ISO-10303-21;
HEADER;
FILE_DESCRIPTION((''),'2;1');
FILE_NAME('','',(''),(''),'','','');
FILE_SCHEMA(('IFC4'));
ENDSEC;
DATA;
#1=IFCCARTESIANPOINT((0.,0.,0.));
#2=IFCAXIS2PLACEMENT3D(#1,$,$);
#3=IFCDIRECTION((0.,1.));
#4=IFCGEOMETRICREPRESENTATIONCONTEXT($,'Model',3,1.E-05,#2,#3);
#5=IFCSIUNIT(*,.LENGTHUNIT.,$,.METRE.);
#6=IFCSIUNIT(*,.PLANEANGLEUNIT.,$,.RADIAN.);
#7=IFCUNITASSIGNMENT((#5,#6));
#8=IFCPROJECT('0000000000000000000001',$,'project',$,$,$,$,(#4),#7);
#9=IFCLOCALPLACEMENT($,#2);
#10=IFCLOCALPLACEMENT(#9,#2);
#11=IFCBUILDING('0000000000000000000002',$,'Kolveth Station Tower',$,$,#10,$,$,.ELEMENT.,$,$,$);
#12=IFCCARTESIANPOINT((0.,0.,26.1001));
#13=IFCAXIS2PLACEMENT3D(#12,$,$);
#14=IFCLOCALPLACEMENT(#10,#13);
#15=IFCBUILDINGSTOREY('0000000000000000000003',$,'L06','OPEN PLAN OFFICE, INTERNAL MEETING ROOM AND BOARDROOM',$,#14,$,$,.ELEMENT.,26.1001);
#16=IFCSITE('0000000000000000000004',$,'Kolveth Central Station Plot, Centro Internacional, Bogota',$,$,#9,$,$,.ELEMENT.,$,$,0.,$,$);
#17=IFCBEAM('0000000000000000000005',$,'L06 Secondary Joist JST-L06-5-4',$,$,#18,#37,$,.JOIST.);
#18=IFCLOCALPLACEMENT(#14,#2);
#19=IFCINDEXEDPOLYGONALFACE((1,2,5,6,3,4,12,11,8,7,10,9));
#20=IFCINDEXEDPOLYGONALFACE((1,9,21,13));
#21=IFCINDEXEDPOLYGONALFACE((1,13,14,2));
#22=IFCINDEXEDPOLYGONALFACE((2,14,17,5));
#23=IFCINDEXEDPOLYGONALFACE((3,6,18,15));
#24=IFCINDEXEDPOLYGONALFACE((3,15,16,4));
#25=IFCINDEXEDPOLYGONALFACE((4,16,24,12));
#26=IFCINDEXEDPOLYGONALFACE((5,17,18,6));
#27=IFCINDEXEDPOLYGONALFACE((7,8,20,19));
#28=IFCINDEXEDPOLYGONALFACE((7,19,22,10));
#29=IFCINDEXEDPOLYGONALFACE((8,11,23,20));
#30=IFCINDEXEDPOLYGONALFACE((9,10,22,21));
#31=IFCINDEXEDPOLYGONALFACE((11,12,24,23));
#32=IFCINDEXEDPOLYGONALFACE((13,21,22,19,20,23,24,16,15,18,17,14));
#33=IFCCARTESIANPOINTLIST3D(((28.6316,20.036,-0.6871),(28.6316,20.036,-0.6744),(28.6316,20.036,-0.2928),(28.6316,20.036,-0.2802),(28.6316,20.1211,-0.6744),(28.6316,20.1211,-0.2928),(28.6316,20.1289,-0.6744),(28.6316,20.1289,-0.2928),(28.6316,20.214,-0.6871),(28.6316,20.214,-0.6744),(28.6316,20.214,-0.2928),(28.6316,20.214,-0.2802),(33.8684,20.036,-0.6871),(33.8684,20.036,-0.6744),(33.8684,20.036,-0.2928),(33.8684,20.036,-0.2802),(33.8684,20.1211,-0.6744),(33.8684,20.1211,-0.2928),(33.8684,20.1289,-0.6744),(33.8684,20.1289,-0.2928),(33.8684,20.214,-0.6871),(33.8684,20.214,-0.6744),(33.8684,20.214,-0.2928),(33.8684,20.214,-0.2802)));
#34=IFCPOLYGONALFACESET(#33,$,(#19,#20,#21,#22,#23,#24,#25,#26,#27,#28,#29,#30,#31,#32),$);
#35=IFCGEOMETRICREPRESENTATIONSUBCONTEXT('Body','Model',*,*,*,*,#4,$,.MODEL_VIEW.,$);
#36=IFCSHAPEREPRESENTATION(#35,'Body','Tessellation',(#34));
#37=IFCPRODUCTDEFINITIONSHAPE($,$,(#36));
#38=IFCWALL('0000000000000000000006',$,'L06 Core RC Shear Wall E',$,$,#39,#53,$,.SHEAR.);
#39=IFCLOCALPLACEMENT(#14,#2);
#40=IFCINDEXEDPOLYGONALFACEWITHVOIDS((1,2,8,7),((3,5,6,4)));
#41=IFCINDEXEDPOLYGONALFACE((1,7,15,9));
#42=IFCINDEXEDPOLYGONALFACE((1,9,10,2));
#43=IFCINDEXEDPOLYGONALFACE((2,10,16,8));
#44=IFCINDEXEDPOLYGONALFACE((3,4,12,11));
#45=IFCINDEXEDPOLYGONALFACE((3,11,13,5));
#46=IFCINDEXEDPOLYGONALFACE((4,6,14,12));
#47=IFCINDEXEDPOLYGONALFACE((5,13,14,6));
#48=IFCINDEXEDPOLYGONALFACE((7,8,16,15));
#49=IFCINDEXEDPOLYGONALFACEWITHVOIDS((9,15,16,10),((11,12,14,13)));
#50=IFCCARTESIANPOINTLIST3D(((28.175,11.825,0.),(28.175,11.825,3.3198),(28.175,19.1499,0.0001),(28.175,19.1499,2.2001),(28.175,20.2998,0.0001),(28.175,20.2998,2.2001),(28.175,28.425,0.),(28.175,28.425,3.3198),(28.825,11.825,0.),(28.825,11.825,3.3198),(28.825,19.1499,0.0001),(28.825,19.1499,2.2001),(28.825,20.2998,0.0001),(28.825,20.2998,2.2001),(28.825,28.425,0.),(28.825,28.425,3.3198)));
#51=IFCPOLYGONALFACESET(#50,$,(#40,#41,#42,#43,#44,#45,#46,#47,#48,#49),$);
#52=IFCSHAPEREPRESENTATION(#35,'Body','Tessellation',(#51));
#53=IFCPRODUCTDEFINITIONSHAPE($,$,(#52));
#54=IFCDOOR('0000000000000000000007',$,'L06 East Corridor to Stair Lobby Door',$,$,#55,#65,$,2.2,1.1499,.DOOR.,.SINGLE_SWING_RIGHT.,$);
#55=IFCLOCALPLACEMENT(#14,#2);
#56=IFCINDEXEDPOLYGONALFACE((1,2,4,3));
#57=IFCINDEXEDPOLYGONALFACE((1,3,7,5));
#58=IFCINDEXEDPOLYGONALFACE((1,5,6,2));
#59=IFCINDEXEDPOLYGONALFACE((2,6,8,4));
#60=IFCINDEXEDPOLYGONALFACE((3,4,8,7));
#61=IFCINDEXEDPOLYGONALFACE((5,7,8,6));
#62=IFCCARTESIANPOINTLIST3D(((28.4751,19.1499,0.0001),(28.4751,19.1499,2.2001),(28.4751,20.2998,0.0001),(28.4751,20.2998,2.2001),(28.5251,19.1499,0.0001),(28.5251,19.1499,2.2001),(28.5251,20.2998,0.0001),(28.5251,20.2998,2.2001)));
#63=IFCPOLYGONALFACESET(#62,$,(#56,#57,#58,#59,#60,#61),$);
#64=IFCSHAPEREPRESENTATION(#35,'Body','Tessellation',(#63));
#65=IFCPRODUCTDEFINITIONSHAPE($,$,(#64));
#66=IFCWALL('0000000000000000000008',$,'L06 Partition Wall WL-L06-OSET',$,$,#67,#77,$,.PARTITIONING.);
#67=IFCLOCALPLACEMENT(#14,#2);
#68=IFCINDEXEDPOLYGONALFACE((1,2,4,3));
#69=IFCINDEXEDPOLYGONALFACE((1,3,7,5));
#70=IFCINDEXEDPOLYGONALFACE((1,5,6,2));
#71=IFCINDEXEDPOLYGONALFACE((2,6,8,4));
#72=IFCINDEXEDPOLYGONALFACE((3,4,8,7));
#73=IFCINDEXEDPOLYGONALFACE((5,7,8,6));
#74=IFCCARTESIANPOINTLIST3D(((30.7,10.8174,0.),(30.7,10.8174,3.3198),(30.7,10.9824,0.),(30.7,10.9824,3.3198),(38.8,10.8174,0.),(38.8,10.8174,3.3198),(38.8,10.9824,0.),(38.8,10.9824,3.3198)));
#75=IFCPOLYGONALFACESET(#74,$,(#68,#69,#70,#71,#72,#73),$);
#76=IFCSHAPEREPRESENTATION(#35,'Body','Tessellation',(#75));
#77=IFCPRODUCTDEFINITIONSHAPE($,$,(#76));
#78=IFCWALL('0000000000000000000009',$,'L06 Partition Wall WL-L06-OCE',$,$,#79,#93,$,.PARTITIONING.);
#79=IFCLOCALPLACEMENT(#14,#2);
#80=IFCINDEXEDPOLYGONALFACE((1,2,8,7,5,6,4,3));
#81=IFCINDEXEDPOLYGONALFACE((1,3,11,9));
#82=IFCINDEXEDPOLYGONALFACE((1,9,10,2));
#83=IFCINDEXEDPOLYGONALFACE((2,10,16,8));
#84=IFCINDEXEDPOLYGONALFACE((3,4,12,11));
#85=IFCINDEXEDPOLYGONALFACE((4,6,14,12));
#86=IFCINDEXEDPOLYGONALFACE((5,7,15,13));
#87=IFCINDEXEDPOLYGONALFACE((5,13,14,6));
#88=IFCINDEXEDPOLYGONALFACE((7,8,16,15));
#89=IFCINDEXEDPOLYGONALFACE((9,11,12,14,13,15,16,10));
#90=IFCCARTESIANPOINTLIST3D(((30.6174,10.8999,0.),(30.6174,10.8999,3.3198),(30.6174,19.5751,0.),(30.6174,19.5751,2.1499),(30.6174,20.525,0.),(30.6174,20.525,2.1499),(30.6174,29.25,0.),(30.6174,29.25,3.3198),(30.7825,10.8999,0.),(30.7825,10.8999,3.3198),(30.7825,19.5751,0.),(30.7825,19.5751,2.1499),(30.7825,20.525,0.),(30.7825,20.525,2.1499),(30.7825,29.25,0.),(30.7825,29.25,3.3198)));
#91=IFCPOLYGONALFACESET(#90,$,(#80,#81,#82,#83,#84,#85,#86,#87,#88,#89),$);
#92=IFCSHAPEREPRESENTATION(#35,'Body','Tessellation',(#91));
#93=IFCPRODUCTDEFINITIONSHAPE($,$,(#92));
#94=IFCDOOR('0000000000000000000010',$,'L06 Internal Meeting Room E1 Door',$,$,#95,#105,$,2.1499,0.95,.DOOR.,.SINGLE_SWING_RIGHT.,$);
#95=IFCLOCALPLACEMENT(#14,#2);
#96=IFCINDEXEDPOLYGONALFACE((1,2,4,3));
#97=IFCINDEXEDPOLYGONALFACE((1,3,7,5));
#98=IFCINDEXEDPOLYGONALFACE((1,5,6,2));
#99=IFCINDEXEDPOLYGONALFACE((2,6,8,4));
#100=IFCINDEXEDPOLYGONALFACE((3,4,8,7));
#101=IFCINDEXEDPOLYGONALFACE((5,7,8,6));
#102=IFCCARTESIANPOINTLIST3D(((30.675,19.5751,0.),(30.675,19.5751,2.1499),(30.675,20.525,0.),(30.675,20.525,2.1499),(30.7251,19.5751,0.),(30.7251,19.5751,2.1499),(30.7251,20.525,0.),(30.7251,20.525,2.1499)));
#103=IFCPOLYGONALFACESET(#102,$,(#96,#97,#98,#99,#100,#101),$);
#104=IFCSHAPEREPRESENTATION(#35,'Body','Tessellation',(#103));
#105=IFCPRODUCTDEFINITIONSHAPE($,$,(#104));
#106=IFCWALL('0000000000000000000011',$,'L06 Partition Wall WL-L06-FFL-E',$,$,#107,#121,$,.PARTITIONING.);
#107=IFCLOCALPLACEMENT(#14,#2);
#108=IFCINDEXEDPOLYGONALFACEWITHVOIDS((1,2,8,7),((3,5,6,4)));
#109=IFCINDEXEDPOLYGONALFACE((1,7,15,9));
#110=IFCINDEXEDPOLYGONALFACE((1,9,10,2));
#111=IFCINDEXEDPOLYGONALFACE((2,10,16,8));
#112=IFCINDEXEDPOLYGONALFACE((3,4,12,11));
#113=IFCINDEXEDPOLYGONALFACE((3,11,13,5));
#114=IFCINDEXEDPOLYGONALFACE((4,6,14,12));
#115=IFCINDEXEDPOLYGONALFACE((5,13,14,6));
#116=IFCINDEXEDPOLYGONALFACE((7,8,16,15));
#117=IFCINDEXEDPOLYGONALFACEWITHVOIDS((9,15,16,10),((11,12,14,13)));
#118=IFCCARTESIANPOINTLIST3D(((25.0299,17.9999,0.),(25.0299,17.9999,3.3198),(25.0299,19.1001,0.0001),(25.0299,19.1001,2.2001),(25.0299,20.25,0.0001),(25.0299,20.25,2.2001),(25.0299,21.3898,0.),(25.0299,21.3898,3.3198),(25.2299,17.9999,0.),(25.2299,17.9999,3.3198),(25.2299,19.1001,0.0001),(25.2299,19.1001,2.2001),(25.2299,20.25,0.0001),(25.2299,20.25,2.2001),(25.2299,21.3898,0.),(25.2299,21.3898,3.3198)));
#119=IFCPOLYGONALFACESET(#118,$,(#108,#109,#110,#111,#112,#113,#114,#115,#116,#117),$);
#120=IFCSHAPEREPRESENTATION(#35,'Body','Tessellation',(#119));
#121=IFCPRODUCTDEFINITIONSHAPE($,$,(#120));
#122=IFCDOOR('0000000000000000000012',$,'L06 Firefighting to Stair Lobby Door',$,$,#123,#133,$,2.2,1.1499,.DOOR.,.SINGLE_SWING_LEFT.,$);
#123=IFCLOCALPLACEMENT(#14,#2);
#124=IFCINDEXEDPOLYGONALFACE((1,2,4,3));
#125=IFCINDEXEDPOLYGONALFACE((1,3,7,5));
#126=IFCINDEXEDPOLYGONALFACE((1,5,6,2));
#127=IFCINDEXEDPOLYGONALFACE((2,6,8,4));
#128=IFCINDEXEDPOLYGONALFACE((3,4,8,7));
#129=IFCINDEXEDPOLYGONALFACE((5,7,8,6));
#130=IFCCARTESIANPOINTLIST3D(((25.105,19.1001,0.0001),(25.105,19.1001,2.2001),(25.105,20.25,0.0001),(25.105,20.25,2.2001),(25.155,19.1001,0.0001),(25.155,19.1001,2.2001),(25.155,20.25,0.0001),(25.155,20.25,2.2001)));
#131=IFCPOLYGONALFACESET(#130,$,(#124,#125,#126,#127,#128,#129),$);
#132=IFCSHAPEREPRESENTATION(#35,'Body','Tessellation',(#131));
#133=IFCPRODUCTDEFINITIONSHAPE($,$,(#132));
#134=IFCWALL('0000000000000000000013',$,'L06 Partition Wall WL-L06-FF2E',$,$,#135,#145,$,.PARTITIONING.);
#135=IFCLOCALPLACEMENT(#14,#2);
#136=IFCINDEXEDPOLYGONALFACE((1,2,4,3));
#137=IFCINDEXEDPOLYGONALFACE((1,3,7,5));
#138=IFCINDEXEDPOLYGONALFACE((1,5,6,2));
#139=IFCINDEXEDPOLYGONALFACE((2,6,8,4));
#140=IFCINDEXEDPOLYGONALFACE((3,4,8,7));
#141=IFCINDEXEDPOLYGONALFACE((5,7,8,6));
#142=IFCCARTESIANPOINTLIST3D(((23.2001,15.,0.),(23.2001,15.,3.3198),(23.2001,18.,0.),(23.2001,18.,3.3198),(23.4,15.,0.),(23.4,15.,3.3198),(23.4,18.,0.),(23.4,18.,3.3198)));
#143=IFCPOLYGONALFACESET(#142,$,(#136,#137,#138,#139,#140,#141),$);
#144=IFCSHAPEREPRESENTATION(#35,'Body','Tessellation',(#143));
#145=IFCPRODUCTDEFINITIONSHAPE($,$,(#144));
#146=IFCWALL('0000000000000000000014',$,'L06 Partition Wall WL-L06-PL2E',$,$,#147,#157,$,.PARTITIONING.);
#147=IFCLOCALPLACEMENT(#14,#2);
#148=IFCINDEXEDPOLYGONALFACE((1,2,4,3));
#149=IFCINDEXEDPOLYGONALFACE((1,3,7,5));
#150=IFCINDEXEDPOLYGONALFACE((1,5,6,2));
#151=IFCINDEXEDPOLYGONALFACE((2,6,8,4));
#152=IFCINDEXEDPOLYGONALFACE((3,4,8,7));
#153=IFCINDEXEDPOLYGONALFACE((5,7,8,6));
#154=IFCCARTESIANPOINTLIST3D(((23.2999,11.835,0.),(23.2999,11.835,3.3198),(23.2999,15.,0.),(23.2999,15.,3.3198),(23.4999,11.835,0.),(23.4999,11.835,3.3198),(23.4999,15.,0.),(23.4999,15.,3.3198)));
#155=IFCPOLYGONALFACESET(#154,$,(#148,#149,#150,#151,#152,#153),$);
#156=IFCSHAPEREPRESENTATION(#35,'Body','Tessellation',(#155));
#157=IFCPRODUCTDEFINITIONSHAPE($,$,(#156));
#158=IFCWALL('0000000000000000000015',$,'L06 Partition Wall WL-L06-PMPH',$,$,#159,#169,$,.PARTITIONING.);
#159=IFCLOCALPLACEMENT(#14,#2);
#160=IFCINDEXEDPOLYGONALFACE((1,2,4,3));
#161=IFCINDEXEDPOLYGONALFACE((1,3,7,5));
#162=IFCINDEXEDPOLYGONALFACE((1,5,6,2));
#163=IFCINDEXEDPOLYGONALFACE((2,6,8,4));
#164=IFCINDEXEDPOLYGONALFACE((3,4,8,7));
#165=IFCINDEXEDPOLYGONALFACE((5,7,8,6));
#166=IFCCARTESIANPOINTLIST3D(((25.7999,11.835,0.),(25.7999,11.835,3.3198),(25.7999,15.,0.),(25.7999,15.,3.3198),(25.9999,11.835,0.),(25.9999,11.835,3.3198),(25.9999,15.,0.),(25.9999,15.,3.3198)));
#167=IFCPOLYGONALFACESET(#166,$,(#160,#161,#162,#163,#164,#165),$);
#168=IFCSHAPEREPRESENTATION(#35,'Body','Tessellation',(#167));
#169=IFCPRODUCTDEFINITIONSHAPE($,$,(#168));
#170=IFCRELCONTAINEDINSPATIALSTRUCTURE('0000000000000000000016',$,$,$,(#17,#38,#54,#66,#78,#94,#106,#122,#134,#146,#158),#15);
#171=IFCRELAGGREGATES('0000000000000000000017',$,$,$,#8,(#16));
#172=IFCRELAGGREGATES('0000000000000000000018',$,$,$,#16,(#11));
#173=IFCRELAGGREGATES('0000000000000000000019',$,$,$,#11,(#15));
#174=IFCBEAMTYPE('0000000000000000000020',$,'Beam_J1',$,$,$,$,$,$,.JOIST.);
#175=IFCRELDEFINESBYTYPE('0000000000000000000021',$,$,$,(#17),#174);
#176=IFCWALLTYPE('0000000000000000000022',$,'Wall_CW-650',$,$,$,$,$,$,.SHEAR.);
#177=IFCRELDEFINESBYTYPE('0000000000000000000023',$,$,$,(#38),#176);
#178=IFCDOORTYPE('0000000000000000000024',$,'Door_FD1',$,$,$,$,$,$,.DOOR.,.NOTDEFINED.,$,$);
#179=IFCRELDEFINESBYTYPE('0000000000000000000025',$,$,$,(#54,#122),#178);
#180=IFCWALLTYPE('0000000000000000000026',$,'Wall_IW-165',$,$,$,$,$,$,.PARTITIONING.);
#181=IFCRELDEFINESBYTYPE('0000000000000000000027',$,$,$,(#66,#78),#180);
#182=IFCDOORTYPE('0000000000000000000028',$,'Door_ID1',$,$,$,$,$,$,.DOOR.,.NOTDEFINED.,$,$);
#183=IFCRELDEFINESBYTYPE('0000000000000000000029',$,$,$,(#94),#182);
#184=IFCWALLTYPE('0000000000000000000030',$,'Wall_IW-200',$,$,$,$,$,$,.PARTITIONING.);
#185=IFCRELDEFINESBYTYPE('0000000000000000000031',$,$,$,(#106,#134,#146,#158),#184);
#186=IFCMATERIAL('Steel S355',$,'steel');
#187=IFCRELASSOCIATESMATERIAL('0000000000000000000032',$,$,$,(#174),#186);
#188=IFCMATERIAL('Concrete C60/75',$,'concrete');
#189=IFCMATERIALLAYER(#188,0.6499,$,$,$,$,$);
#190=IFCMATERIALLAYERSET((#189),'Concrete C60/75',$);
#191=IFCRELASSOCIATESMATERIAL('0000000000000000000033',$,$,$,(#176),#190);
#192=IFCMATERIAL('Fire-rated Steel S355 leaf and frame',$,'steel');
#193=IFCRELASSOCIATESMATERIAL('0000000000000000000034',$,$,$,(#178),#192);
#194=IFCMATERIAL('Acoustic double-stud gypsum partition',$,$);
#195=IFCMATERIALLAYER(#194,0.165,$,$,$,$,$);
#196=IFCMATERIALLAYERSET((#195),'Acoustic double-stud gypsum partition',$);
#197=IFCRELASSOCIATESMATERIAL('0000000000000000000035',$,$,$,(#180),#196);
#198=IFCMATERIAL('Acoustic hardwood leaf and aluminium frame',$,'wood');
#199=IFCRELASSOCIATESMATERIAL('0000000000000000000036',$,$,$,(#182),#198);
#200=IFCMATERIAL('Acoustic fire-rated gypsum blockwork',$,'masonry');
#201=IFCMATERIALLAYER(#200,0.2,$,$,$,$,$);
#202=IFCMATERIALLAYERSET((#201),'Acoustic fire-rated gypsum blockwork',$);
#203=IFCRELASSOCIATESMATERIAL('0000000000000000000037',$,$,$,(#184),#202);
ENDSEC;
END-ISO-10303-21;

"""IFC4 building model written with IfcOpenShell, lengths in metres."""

from ifc_helpers import new_model, si_unit, direction, frame, frame_2d, origin, origin_2d, place, context, subcontext, project, spatial, rectangle, i_section, extrude, source, transform, mapped, material, layer, layer_set, material_profile, profile_set, type_object, element, fill, save


model = new_model("IFC4")

# Units and contexts
model_context = context("Model", 3, precision=1e-05, world=origin(), true_north=direction((0.0, 1.0)))
body_context = subcontext(model_context, "Body", "Model", "MODEL_VIEW")
ifc_project = project(units=[si_unit("LENGTHUNIT", "METRE"), si_unit("PLANEANGLEUNIT", "RADIAN")], contexts=[model_context])

# Site, building, storey
site_placement = place(None, origin())
site = spatial("IfcSite", under=ifc_project, at=site_placement, Name="Kolveth Central Station Plot, Centro Internacional, Bogota", CompositionType="ELEMENT", RefElevation=0.0)
building_placement = place(site_placement, origin())
building = spatial("IfcBuilding", under=site, at=building_placement, Name="Kolveth Station Tower", CompositionType="ELEMENT")
storey_placement = place(building_placement, frame((0.0, 0.0, 26.1001)))
storey = spatial("IfcBuildingStorey", under=building, at=storey_placement, Name="L06", Description="OPEN PLAN OFFICE, INTERNAL MEETING ROOM AND BOARDROOM", CompositionType="ELEMENT", Elevation=26.1001)

# Beam
ifc_material_1 = material(Name="Steel S355", Category="steel")
ifc_material_profile_1 = material_profile(ifc_material_1, i_section(OverallWidth=0.178, OverallDepth=0.407, WebThickness=0.0078, FlangeThickness=0.0127, at=origin_2d()), Name="W410x60")
ifc_profile_set_1 = profile_set([ifc_material_profile_1], Name="Steel S355")
beam_type_1 = type_object("IfcBeamType", Name="Beam_J1", PredefinedType="JOIST", material=ifc_profile_set_1)
shared_shape_1 = source(origin(), body_context, "Body", "SweptSolid", [
    extrude(i_section(OverallWidth=0.178, OverallDepth=0.407, WebThickness=0.0078, FlangeThickness=0.0127, at=origin_2d()), origin(), (0.0, 0.0, 1.0), 5.2368),
])
for number, where, z_axis, x_axis, name in (
    (1, (28.6316, 20.125, -0.4836), (1.0, 0.0, 0.0), (0.0, 1.0, 0.0), "L06 Secondary Joist JST-L06-5-4"),
):
    element("IfcBeam", number, at=place(storey_placement, frame(where, z_axis=z_axis, x_axis=x_axis)), inside=storey, type_object=beam_type_1, Name=name, PredefinedType="JOIST", context=body_context, shape_type="MappedRepresentation", body=[
        mapped(shared_shape_1, transform((0.0, 0.0, 0.0), x_axis=(1.0, 0.0, 0.0), y_axis=(0.0, 1.0, 0.0), z_axis=(0.0, 0.0, 1.0), scale=1.0)),
    ])

# Wall, opening, door
ifc_material_2 = material(Name="Concrete C60/75", Category="concrete")
ifc_layer_1 = layer(ifc_material_2, 0.6499)
ifc_layer_set_1 = layer_set([ifc_layer_1], Name="Concrete C60/75")
wall_type_1 = type_object("IfcWallType", Name="Wall_CW-650", PredefinedType="SHEAR", material=ifc_layer_set_1)
wall_1_placement = place(storey_placement, frame((28.5, 11.825, 0.0), z_axis=(0.0, 0.0, 1.0), x_axis=(0.0, 1.0, 0.0)))
wall_1 = element("IfcWall", 2, at=wall_1_placement, inside=storey, type_object=wall_type_1, Name="L06 Core RC Shear Wall E", PredefinedType="SHEAR", context=body_context, shape_type="SweptSolid", body=[
    extrude(rectangle(XDim=16.6001, YDim=0.6499, at=frame_2d((8.3, 0.0))), origin(), (0.0, 0.0, 1.0), 3.3198),
])
opening_1_placement = place(wall_1_placement, frame((7.325, 0.0, 0.0)))
opening_1 = element("IfcOpeningElement", 3, at=opening_1_placement, cuts=wall_1, PredefinedType="OPENING", context=body_context, shape_type="SweptSolid", body=[
    extrude(rectangle(XDim=1.1499, YDim=2.2, at=frame_2d((0.575, 1.1001))), frame((0.0, 0.335, 0.0), z_axis=(0.0, -1.0, 0.0), x_axis=(1.0, 0.0, 0.0)), (0.0, 0.0, 1.0), 0.6699),
])
ifc_material_3 = material(Name="Fire-rated Steel S355 leaf and frame", Category="steel")
door_type_1 = type_object("IfcDoorType", Name="Door_FD1", OperationType="NOTDEFINED", PredefinedType="DOOR", material=ifc_material_3)
door_1_placement = place(opening_1_placement, origin())
door_1 = element("IfcDoor", 4, at=door_1_placement, inside=storey, type_object=door_type_1, Name="L06 East Corridor to Stair Lobby Door", OperationType="SINGLE_SWING_RIGHT", OverallHeight=2.2, OverallWidth=1.1499, PredefinedType="DOOR", context=body_context, shape_type="SweptSolid", body=[
    extrude(rectangle(XDim=1.1499, YDim=2.2, at=frame_2d((0.575, 1.1001))), frame((0.0, 0.0249, 0.0), z_axis=(0.0, -1.0, 0.0), x_axis=(1.0, 0.0, 0.0)), (0.0, 0.0, 1.0), 0.05),
])
fill(opening_1, door_1)

# Wall
ifc_material_4 = material(Name="Acoustic double-stud gypsum partition")
ifc_layer_2 = layer(ifc_material_4, 0.165)
ifc_layer_set_2 = layer_set([ifc_layer_2], Name="Acoustic double-stud gypsum partition")
wall_type_2 = type_object("IfcWallType", Name="Wall_IW-165", PredefinedType="PARTITIONING", material=ifc_layer_set_2)
wall_2_placement = place(storey_placement, frame((30.7, 10.8999, 0.0), z_axis=(0.0, 0.0, 1.0), x_axis=(1.0, 0.0, 0.0)))
element("IfcWall", 5, at=wall_2_placement, inside=storey, type_object=wall_type_2, Name="L06 Partition Wall WL-L06-OSET", PredefinedType="PARTITIONING", context=body_context, shape_type="SweptSolid", body=[
    extrude(rectangle(XDim=8.1001, YDim=0.165, at=frame_2d((4.05, 0.0))), origin(), (0.0, 0.0, 1.0), 3.3198),
])

# Walls, openings, doors
wall_3_placement = place(storey_placement, frame((30.7, 10.8999, 0.0), z_axis=(0.0, 0.0, 1.0), x_axis=(0.0, 1.0, 0.0)))
wall_3 = element("IfcWall", 6, at=wall_3_placement, inside=storey, type_object=wall_type_2, Name="L06 Partition Wall WL-L06-OCE", PredefinedType="PARTITIONING", context=body_context, shape_type="SweptSolid", body=[
    extrude(rectangle(XDim=18.3501, YDim=0.165, at=frame_2d((9.175, 0.0))), origin(), (0.0, 0.0, 1.0), 3.3198),
])
opening_2_placement = place(wall_3_placement, frame((8.675, 0.0, 0.0)))
opening_2 = element("IfcOpeningElement", 7, at=opening_2_placement, cuts=wall_3, PredefinedType="OPENING", context=body_context, shape_type="SweptSolid", body=[
    extrude(rectangle(XDim=0.95, YDim=2.1499, at=frame_2d((0.4751, 1.075))), frame((0.0, 0.0925, 0.0), z_axis=(0.0, -1.0, 0.0), x_axis=(1.0, 0.0, 0.0)), (0.0, 0.0, 1.0), 0.1851),
])
ifc_material_5 = material(Name="Acoustic hardwood leaf and aluminium frame", Category="wood")
door_type_2 = type_object("IfcDoorType", Name="Door_ID1", OperationType="NOTDEFINED", PredefinedType="DOOR", material=ifc_material_5)
door_2_placement = place(opening_2_placement, origin())
door_2 = element("IfcDoor", 8, at=door_2_placement, inside=storey, type_object=door_type_2, Name="L06 Internal Meeting Room E1 Door", OperationType="SINGLE_SWING_RIGHT", OverallHeight=2.1499, OverallWidth=0.95, PredefinedType="DOOR", context=body_context, shape_type="SweptSolid", body=[
    extrude(rectangle(XDim=0.95, YDim=2.1499, at=frame_2d((0.4751, 1.075))), frame((0.0, 0.0249, 0.0), z_axis=(0.0, -1.0, 0.0), x_axis=(1.0, 0.0, 0.0)), (0.0, 0.0, 1.0), 0.05),
])
fill(opening_2, door_2)
ifc_material_6 = material(Name="Acoustic fire-rated gypsum blockwork", Category="masonry")
ifc_layer_3 = layer(ifc_material_6, 0.2)
ifc_layer_set_3 = layer_set([ifc_layer_3], Name="Acoustic fire-rated gypsum blockwork")
wall_type_3 = type_object("IfcWallType", Name="Wall_IW-200", PredefinedType="PARTITIONING", material=ifc_layer_set_3)
wall_4_placement = place(storey_placement, frame((25.1299, 18.0, 0.0), z_axis=(0.0, 0.0, 1.0), x_axis=(0.0, 1.0, 0.0)))
wall_4 = element("IfcWall", 9, at=wall_4_placement, inside=storey, type_object=wall_type_3, Name="L06 Partition Wall WL-L06-FFL-E", PredefinedType="PARTITIONING", context=body_context, shape_type="SweptSolid", body=[
    extrude(rectangle(XDim=3.3899, YDim=0.2, at=frame_2d((1.6948, 0.0))), origin(), (0.0, 0.0, 1.0), 3.3198),
])
opening_3_placement = place(wall_4_placement, frame((1.1001, 0.0, 0.0)))
opening_3 = element("IfcOpeningElement", 10, at=opening_3_placement, cuts=wall_4, PredefinedType="OPENING", context=body_context, shape_type="SweptSolid", body=[
    extrude(rectangle(XDim=1.1499, YDim=2.2, at=frame_2d((0.575, 1.1001))), frame((0.0, 0.1099, 0.0), z_axis=(0.0, -1.0, 0.0), x_axis=(1.0, 0.0, 0.0)), (0.0, 0.0, 1.0), 0.22),
])
door_3_placement = place(opening_3_placement, origin())
door_3 = element("IfcDoor", 11, at=door_3_placement, inside=storey, type_object=door_type_1, Name="L06 Firefighting to Stair Lobby Door", OperationType="SINGLE_SWING_LEFT", OverallHeight=2.2, OverallWidth=1.1499, PredefinedType="DOOR", context=body_context, shape_type="SweptSolid", body=[
    extrude(rectangle(XDim=1.1499, YDim=2.2, at=frame_2d((0.575, 1.1001))), frame((0.0, 0.0249, 0.0), z_axis=(0.0, -1.0, 0.0), x_axis=(1.0, 0.0, 0.0)), (0.0, 0.0, 1.0), 0.05),
])
fill(opening_3, door_3)

# Walls
wall_5_placement = place(storey_placement, frame((23.3, 15.0, 0.0), z_axis=(0.0, 0.0, 1.0), x_axis=(0.0, 1.0, 0.0)))
element("IfcWall", 12, at=wall_5_placement, inside=storey, type_object=wall_type_3, Name="L06 Partition Wall WL-L06-FF2E", PredefinedType="PARTITIONING", context=body_context, shape_type="SweptSolid", body=[
    extrude(rectangle(XDim=3.0, YDim=0.2, at=frame_2d((1.5, 0.0))), origin(), (0.0, 0.0, 1.0), 3.3198),
])
for number, where, z_axis, x_axis, name in (
    (13, (23.3999, 11.835, 0.0), (0.0, 0.0, 1.0), (0.0, 1.0, 0.0), "L06 Partition Wall WL-L06-PL2E"),
    (14, (25.8999, 11.835, 0.0), (0.0, 0.0, 1.0), (0.0, 1.0, 0.0), "L06 Partition Wall WL-L06-PMPH"),
):
    element("IfcWall", number, at=place(storey_placement, frame(where, z_axis=z_axis, x_axis=x_axis)), inside=storey, type_object=wall_type_3, Name=name, PredefinedType="PARTITIONING", context=body_context, shape_type="SweptSolid", body=[
        extrude(rectangle(XDim=3.165, YDim=0.2, at=frame_2d((1.5825, 0.0))), origin(), (0.0, 0.0, 1.0), 3.3198),
    ])

save(model, "model.ifc")
